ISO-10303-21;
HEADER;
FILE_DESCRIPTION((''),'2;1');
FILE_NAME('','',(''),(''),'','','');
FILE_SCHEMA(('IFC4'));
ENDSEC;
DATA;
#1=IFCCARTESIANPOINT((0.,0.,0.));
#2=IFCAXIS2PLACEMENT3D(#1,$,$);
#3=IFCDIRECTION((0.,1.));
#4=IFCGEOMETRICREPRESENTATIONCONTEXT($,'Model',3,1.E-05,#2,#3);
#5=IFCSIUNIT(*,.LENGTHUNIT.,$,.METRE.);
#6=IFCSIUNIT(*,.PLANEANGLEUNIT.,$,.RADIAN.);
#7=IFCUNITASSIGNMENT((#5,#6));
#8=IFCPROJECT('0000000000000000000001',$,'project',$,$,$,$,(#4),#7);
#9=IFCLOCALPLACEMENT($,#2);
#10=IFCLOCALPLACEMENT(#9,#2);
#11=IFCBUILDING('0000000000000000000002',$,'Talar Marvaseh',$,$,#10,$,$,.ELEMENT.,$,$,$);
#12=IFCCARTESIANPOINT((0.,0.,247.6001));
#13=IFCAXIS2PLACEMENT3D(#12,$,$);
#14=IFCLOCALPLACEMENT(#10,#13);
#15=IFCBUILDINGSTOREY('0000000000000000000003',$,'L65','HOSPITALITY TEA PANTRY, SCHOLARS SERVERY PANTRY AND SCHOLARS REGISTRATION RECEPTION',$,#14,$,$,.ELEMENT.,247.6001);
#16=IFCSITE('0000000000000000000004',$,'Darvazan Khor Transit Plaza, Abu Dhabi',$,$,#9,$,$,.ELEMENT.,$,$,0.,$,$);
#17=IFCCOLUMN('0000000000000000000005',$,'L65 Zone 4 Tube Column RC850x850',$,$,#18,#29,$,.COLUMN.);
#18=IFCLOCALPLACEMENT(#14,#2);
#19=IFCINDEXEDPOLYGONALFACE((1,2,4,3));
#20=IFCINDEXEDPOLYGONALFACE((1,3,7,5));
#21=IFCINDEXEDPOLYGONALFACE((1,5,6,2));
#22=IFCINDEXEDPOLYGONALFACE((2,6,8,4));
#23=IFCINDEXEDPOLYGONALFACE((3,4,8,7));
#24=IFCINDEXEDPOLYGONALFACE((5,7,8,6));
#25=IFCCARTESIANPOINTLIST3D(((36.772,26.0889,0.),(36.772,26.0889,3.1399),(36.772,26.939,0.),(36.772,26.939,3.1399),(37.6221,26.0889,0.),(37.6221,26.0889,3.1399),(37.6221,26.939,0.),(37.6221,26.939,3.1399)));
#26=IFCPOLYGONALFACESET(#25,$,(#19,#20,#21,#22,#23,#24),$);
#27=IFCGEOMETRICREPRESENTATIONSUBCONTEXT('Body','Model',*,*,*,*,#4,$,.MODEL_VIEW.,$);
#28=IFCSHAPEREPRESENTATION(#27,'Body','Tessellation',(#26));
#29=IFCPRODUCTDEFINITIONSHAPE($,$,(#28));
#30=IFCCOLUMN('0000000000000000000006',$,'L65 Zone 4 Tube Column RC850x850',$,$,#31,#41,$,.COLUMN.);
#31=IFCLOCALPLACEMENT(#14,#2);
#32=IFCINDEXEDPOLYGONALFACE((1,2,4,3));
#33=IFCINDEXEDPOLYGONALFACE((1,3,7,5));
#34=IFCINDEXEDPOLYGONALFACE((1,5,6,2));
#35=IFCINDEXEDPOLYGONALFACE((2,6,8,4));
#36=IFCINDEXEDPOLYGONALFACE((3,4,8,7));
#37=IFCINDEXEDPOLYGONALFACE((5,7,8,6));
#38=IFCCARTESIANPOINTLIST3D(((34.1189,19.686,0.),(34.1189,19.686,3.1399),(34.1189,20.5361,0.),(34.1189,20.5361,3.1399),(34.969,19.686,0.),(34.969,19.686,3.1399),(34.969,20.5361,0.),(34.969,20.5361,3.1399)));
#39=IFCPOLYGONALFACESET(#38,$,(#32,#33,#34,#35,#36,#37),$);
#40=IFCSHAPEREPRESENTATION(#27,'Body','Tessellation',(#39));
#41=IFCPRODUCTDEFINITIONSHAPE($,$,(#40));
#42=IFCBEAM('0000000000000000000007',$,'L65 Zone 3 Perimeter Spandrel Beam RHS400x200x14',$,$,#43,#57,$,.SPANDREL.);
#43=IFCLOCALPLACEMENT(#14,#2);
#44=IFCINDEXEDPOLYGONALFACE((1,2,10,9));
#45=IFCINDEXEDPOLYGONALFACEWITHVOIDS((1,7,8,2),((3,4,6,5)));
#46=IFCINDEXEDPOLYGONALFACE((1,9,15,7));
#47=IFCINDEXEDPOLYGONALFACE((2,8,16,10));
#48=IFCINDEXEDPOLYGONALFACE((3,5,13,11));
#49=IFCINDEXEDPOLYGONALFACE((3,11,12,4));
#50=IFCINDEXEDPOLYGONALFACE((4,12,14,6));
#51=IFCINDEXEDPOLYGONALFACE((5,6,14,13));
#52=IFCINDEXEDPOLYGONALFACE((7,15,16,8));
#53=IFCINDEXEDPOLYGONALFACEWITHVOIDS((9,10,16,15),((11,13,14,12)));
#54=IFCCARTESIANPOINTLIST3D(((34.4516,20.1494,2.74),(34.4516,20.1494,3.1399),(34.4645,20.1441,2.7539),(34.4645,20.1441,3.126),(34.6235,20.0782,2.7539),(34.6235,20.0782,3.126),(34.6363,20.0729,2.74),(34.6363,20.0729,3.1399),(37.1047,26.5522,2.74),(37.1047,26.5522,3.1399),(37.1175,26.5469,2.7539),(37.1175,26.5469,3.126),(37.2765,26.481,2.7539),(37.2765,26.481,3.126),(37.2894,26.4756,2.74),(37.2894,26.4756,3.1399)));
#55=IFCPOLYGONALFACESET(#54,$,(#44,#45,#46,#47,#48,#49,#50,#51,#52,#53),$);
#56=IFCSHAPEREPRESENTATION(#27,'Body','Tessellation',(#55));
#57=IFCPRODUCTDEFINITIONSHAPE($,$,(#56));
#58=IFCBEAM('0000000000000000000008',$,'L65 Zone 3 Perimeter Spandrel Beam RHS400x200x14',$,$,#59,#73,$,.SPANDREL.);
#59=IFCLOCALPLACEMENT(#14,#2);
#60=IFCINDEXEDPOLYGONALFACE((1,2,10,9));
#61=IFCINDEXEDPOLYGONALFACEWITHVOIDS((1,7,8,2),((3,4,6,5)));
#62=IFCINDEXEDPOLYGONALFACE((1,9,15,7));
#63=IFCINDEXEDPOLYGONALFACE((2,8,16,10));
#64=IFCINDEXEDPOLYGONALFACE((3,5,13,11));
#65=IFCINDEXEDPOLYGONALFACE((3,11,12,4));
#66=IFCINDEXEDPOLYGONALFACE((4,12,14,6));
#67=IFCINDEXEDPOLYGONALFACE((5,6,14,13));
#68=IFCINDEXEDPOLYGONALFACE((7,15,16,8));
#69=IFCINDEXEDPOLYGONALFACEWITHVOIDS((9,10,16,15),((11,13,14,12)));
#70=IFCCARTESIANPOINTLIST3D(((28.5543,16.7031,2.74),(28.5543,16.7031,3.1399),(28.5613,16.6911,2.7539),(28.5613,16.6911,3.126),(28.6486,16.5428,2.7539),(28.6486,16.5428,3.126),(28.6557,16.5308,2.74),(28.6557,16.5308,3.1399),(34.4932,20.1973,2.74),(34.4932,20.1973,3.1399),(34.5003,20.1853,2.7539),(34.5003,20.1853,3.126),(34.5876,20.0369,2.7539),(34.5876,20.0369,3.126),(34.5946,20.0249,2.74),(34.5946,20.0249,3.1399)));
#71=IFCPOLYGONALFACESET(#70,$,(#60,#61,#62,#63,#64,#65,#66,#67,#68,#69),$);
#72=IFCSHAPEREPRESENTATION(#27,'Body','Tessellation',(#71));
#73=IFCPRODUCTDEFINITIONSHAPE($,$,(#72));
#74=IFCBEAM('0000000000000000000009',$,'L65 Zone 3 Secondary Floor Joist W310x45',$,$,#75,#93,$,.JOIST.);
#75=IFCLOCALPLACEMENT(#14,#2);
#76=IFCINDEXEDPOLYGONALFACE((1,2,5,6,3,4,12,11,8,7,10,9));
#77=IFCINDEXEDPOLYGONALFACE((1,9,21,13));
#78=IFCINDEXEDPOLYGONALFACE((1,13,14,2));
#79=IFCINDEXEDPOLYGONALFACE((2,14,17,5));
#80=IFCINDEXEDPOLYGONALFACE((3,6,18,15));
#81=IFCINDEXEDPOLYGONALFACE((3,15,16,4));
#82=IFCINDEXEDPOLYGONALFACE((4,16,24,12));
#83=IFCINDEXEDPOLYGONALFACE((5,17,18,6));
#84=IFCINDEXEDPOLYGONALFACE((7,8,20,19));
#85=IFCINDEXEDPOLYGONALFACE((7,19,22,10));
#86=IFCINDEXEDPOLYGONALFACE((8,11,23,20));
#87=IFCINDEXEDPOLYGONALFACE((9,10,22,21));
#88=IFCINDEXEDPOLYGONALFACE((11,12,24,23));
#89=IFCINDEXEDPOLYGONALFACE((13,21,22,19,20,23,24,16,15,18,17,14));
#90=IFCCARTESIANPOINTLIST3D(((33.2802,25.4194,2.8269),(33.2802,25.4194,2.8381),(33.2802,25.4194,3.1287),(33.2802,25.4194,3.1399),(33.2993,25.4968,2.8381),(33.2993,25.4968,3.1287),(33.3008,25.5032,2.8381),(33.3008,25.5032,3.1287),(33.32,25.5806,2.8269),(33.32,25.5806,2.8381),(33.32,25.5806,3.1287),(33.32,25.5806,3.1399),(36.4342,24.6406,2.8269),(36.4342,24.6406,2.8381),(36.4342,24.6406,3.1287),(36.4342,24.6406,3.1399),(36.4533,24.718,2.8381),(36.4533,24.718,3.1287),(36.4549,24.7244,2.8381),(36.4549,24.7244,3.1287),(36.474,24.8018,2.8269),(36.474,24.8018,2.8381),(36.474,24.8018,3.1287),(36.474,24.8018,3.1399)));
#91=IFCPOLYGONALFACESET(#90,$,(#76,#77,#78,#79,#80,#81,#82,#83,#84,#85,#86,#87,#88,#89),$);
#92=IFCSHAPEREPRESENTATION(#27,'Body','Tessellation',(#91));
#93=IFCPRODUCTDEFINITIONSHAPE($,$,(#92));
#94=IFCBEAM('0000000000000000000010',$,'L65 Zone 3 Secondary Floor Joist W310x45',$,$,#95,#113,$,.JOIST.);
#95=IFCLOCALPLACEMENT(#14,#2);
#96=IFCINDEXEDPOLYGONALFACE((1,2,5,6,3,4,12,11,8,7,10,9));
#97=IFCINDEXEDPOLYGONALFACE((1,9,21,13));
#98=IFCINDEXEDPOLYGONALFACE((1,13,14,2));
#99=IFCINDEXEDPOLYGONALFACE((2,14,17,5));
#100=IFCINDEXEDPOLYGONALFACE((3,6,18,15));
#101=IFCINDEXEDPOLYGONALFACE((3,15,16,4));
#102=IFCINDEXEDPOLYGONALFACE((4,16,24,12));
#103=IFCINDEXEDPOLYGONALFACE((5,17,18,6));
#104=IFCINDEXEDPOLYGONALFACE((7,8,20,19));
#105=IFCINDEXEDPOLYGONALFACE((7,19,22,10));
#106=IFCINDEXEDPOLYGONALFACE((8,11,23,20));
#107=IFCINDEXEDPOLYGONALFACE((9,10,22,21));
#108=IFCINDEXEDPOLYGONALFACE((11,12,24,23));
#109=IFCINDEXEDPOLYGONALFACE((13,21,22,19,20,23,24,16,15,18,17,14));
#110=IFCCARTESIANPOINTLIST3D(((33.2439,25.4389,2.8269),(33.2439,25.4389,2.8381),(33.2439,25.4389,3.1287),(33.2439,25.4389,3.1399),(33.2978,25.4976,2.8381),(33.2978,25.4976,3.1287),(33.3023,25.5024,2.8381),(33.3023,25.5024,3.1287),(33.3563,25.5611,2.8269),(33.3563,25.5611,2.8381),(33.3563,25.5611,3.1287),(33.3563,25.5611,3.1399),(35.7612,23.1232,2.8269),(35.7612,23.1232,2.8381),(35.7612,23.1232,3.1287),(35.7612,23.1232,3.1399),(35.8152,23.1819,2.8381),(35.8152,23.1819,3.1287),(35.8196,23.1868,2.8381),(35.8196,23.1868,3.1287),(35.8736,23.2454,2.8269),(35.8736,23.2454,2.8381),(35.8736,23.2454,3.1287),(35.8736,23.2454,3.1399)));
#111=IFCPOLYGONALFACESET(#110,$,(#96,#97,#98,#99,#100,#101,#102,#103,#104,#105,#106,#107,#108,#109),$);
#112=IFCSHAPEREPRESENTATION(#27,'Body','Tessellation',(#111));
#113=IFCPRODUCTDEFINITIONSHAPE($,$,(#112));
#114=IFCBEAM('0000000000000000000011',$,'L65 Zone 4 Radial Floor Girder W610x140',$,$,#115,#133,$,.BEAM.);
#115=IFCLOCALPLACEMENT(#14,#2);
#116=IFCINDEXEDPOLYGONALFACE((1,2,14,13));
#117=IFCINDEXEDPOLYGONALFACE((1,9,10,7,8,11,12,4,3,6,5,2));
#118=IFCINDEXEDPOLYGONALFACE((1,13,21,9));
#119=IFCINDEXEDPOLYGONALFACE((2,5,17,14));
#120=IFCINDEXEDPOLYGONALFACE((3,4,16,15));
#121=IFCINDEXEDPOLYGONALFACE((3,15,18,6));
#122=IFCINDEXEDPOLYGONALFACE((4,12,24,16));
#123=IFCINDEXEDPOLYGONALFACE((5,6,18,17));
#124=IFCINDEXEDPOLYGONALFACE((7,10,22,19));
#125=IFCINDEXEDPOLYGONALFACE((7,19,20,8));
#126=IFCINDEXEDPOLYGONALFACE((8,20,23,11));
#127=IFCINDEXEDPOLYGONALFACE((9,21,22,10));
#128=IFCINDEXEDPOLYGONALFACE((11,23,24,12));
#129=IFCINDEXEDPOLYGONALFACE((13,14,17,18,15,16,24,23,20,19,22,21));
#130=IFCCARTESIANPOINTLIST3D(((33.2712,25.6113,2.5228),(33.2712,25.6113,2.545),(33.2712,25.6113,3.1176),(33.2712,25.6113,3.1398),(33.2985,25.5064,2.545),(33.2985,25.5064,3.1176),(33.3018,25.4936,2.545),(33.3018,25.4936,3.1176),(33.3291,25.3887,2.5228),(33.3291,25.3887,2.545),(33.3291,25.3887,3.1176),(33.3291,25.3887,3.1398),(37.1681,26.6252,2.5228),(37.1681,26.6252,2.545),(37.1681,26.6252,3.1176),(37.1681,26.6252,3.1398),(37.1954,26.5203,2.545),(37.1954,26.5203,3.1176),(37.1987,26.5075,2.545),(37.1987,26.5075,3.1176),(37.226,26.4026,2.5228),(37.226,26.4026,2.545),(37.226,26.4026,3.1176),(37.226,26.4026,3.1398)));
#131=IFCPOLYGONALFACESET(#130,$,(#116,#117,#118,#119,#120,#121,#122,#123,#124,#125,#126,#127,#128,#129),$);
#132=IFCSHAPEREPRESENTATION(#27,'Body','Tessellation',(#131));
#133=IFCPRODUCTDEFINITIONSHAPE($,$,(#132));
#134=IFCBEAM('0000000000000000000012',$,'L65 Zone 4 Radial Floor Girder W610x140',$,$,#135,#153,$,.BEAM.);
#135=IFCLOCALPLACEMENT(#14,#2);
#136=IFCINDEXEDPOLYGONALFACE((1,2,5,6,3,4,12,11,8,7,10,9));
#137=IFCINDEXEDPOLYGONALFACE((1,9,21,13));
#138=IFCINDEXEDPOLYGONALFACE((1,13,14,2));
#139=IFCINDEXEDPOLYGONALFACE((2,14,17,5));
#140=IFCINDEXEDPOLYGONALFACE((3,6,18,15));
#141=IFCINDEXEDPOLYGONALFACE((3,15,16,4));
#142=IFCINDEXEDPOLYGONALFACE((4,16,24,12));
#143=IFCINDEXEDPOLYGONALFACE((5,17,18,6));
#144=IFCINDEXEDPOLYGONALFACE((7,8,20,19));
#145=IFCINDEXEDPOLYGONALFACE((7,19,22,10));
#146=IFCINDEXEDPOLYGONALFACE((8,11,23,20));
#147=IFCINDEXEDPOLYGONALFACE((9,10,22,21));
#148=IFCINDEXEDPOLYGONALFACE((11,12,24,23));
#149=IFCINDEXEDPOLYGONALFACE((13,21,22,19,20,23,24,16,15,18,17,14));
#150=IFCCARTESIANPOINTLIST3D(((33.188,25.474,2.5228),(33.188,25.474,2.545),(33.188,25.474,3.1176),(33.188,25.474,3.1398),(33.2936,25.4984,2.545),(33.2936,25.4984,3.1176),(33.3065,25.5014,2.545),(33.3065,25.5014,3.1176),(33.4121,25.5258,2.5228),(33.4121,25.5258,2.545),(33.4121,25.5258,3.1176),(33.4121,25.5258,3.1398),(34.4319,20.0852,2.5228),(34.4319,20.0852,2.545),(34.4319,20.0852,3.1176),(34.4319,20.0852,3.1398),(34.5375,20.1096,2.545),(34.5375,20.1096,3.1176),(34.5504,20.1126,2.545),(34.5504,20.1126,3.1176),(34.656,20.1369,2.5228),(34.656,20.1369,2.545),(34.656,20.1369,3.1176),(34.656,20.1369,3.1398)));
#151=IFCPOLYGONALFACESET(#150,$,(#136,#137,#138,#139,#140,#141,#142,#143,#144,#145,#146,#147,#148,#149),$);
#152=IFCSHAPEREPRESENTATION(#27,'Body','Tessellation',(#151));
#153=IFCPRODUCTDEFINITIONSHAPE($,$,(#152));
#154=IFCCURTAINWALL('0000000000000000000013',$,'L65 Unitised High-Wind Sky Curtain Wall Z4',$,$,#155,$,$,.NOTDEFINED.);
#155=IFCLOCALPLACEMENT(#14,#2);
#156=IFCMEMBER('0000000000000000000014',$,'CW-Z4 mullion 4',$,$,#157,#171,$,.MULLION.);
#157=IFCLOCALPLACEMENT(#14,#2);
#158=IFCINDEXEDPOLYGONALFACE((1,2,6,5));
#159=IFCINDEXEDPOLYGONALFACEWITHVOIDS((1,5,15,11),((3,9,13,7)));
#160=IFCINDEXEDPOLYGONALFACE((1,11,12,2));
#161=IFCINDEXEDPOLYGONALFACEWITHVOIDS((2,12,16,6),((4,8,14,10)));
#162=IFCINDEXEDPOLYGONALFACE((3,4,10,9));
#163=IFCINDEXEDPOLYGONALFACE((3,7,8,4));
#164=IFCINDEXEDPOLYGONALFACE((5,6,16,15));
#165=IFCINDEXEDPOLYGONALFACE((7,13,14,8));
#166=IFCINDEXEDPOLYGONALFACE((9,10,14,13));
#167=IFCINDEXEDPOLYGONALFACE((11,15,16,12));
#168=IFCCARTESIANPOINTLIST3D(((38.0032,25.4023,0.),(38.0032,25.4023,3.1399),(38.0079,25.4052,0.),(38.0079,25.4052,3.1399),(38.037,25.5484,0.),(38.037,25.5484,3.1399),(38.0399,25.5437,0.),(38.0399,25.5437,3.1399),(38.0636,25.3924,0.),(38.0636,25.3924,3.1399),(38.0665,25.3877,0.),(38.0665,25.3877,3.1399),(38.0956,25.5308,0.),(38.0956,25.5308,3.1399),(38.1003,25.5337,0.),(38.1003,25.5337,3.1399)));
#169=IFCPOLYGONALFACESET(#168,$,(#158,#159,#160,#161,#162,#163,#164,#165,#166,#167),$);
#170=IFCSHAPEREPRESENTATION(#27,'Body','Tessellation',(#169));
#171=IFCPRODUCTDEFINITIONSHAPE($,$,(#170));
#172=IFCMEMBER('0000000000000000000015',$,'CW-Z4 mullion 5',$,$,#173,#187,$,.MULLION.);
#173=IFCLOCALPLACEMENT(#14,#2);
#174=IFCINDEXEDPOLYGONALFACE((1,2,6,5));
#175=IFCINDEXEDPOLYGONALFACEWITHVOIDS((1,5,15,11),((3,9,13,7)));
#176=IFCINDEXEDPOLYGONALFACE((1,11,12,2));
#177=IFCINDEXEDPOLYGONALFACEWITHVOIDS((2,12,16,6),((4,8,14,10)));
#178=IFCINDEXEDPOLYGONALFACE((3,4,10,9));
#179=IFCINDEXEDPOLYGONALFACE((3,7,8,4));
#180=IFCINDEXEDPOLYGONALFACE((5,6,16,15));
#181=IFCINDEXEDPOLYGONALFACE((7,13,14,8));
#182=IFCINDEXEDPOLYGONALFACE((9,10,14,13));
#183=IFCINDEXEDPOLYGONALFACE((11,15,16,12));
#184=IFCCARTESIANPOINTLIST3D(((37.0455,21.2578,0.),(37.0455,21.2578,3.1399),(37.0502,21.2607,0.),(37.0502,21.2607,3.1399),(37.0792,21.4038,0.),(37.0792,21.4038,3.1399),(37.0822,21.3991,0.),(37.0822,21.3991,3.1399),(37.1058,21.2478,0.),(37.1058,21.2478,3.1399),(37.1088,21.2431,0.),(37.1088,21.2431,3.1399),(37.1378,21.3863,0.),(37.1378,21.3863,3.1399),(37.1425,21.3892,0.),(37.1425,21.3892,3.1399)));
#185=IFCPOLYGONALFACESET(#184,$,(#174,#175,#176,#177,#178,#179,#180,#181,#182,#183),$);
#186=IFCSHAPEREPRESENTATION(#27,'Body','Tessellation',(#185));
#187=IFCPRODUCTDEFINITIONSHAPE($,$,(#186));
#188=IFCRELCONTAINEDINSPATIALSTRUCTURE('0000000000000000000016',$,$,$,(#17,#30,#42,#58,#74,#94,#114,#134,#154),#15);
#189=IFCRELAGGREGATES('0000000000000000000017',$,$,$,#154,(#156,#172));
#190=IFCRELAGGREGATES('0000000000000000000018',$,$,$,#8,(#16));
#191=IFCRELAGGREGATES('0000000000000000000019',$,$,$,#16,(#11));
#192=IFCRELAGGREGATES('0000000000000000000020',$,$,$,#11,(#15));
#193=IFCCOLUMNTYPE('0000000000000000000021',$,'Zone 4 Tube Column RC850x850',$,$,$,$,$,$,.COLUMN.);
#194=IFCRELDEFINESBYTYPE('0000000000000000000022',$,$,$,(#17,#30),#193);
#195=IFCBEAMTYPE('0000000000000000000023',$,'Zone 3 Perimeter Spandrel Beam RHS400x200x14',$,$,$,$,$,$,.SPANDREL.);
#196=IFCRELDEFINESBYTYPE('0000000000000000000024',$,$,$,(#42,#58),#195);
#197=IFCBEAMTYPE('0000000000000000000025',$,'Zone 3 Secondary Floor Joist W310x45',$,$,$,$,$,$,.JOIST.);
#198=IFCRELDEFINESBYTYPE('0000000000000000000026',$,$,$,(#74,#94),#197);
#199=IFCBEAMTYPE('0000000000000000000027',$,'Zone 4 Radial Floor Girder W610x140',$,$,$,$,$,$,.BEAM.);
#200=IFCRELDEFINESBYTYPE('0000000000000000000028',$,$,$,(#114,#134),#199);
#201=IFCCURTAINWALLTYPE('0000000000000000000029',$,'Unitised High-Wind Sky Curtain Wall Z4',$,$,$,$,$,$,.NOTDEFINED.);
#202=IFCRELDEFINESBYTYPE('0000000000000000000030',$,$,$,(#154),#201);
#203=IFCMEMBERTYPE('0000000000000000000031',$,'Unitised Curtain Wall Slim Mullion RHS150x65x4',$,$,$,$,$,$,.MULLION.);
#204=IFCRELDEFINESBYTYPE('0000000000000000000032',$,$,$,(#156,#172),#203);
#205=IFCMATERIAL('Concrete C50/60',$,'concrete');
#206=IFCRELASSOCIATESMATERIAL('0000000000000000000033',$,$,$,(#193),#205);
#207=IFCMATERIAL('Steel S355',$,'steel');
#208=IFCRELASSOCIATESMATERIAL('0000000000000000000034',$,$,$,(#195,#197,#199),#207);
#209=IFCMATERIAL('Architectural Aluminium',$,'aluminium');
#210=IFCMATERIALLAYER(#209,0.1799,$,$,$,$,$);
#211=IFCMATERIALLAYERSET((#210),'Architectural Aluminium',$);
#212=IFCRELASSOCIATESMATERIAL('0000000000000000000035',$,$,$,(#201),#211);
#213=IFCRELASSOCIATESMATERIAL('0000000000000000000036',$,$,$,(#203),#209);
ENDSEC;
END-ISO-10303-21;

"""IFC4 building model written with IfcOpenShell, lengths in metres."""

from ifc_helpers import new_model, si_unit, direction, frame, origin, origin_2d, place, context, subcontext, project, spatial, rectangle, hollow_rectangle, i_section, extrude, source, transform, mapped, material, layer, layer_set, material_profile, profile_set, type_object, type_shapes, element, aggregate, save


model = new_model("IFC4")

# Units and contexts
model_context = context("Model", 3, precision=1e-05, world=origin(), true_north=direction((0.0, 1.0)))
body_context = subcontext(model_context, "Body", "Model", "MODEL_VIEW")
ifc_project = project(units=[si_unit("LENGTHUNIT", "METRE"), si_unit("PLANEANGLEUNIT", "RADIAN")], contexts=[model_context])

# Site, building, storey
site_placement = place(None, origin())
site = spatial("IfcSite", under=ifc_project, at=site_placement, Name="Darvazan Khor Transit Plaza, Abu Dhabi", CompositionType="ELEMENT", RefElevation=0.0)
building_placement = place(site_placement, origin())
building = spatial("IfcBuilding", under=site, at=building_placement, Name="Talar Marvaseh", CompositionType="ELEMENT")
storey_placement = place(building_placement, frame((0.0, 0.0, 247.6001)))
storey = spatial("IfcBuildingStorey", under=building, at=storey_placement, Name="L65", Description="HOSPITALITY TEA PANTRY, SCHOLARS SERVERY PANTRY AND SCHOLARS REGISTRATION RECEPTION", CompositionType="ELEMENT", Elevation=247.6001)

# Columns
ifc_material_1 = material(Name="Concrete C50/60", Category="concrete")
ifc_material_profile_1 = material_profile(ifc_material_1, rectangle(XDim=0.8501, YDim=0.8501, at=origin_2d()), Name="RC850x850")
ifc_profile_set_1 = profile_set([ifc_material_profile_1], Name="Concrete C50/60")
column_type = type_object("IfcColumnType", Name="Zone 4 Tube Column RC850x850", PredefinedType="COLUMN", material=ifc_profile_set_1)
for number, where, z_axis, x_axis, name in (
    (1, (37.197, 26.5139, 0.0), (0.0, 0.0, 1.0), (1.0, 0.0, 0.0), "L65 Zone 4 Tube Column RC850x850"),
    (2, (34.5439, 20.1111, 0.0), (0.0, 0.0, 1.0), (1.0, 0.0, 0.0), "L65 Zone 4 Tube Column RC850x850"),
):
    element("IfcColumn", number, at=place(storey_placement, frame(where, z_axis=z_axis, x_axis=x_axis)), inside=storey, type_object=column_type, Name=name, PredefinedType="COLUMN", context=body_context, shape_type="SweptSolid", body=[
        extrude(rectangle(XDim=0.8501, YDim=0.8501, at=origin_2d()), origin(), (0.0, 0.0, 1.0), 3.1399),
    ])

# Beams
ifc_material_2 = material(Name="Steel S355", Category="steel")
ifc_material_profile_2 = material_profile(ifc_material_2, hollow_rectangle(XDim=0.2, YDim=0.3999, WallThickness=0.0139, at=origin_2d()), Name="RHS400x200x14")
ifc_profile_set_2 = profile_set([ifc_material_profile_2], Name="Steel S355")
beam_type_1 = type_object("IfcBeamType", Name="Zone 3 Perimeter Spandrel Beam RHS400x200x14", PredefinedType="SPANDREL", material=ifc_profile_set_2)
beam_1_placement = place(storey_placement, frame((37.197, 26.5139, 2.9399), z_axis=(-0.382799, -0.923832, 0.0), x_axis=(0.923832, -0.382799, 0.0)))
element("IfcBeam", 3, at=beam_1_placement, inside=storey, type_object=beam_type_1, Name="L65 Zone 3 Perimeter Spandrel Beam RHS400x200x14", PredefinedType="SPANDREL", context=body_context, shape_type="SweptSolid", body=[
    extrude(hollow_rectangle(XDim=0.2, YDim=0.3999, WallThickness=0.0139, at=origin_2d()), origin(), (0.0, 0.0, 1.0), 6.9307),
])
beam_2_placement = place(storey_placement, frame((34.5439, 20.1111, 2.9399), z_axis=(-0.861894, -0.507088, 0.0), x_axis=(0.507088, -0.861894, 0.0)))
element("IfcBeam", 4, at=beam_2_placement, inside=storey, type_object=beam_type_1, Name="L65 Zone 3 Perimeter Spandrel Beam RHS400x200x14", PredefinedType="SPANDREL", context=body_context, shape_type="SweptSolid", body=[
    extrude(hollow_rectangle(XDim=0.2, YDim=0.3999, WallThickness=0.0139, at=origin_2d()), origin(), (0.0, 0.0, 1.0), 6.8906),
])
ifc_material_profile_3 = material_profile(ifc_material_2, i_section(OverallWidth=0.166, OverallDepth=0.313, WebThickness=0.0066, FlangeThickness=0.0112, at=origin_2d()), Name="W310x45")
ifc_profile_set_3 = profile_set([ifc_material_profile_3], Name="Steel S355")
beam_type_2 = type_object("IfcBeamType", Name="Zone 3 Secondary Floor Joist W310x45", PredefinedType="JOIST", material=ifc_profile_set_3)
beam_3_placement = place(storey_placement, frame((36.4541, 24.7212, 2.9834), z_axis=(-0.970841, 0.239723, 0.0), x_axis=(-0.239723, -0.970841, 0.0)))
element("IfcBeam", 5, at=beam_3_placement, inside=storey, type_object=beam_type_2, Name="L65 Zone 3 Secondary Floor Joist W310x45", PredefinedType="JOIST", context=body_context, shape_type="SweptSolid", body=[
    extrude(i_section(OverallWidth=0.166, OverallDepth=0.313, WebThickness=0.0066, FlangeThickness=0.0112, at=origin_2d()), origin(), (0.0, 0.0, 1.0), 3.2488),
])
beam_4_placement = place(storey_placement, frame((35.8174, 23.1843, 2.9834), z_axis=(-0.735971, 0.677013, 0.0), x_axis=(-0.677013, -0.735971, 0.0)))
element("IfcBeam", 6, at=beam_4_placement, inside=storey, type_object=beam_type_2, Name="L65 Zone 3 Secondary Floor Joist W310x45", PredefinedType="JOIST", context=body_context, shape_type="SweptSolid", body=[
    extrude(i_section(OverallWidth=0.166, OverallDepth=0.313, WebThickness=0.0066, FlangeThickness=0.0112, at=origin_2d()), origin(), (0.0, 0.0, 1.0), 3.4204),
])
ifc_material_profile_4 = material_profile(ifc_material_2, i_section(OverallWidth=0.23, OverallDepth=0.6169, WebThickness=0.0132, FlangeThickness=0.0222, at=origin_2d()), Name="W610x140")
ifc_profile_set_4 = profile_set([ifc_material_profile_4], Name="Steel S355")
beam_type_3 = type_object("IfcBeamType", Name="Zone 4 Radial Floor Girder W610x140", PredefinedType="BEAM", material=ifc_profile_set_4)
beam_5_placement = place(storey_placement, frame((37.197, 26.5139, 2.8313), z_axis=(-0.96778, -0.251797, 0.0), x_axis=(0.251797, -0.96778, 0.0)))
element("IfcBeam", 7, at=beam_5_placement, inside=storey, type_object=beam_type_3, Name="L65 Zone 4 Radial Floor Girder W610x140", PredefinedType="BEAM", context=body_context, shape_type="SweptSolid", body=[
    extrude(i_section(OverallWidth=0.23, OverallDepth=0.6169, WebThickness=0.0132, FlangeThickness=0.0222, at=origin_2d()), origin(), (0.0, 0.0, 1.0), 4.0266),
])
beam_6_placement = place(storey_placement, frame((34.5439, 20.1111, 2.8313), z_axis=(-0.224911, 0.974379, 0.0), x_axis=(-0.974379, -0.224911, 0.0)))
element("IfcBeam", 8, at=beam_6_placement, inside=storey, type_object=beam_type_3, Name="L65 Zone 4 Radial Floor Girder W610x140", PredefinedType="BEAM", context=body_context, shape_type="SweptSolid", body=[
    extrude(i_section(OverallWidth=0.23, OverallDepth=0.6169, WebThickness=0.0132, FlangeThickness=0.0222, at=origin_2d()), origin(), (0.0, 0.0, 1.0), 5.5305),
])

# Curtain wall, members
ifc_material_3 = material(Name="Architectural Aluminium", Category="aluminium")
ifc_layer_1 = layer(ifc_material_3, 0.1799)
ifc_layer_set_1 = layer_set([ifc_layer_1], Name="Architectural Aluminium")
curtain_wall_type = type_object("IfcCurtainWallType", Name="Unitised High-Wind Sky Curtain Wall Z4", PredefinedType="NOTDEFINED", material=ifc_layer_set_1)
curtain_wall_1_placement = place(storey_placement, origin())
curtain_wall_1 = element("IfcCurtainWall", 9, at=curtain_wall_1_placement, inside=storey, type_object=curtain_wall_type, Name="L65 Unitised High-Wind Sky Curtain Wall Z4", PredefinedType="NOTDEFINED")
ifc_material_profile_5 = material_profile(ifc_material_3, hollow_rectangle(XDim=0.0649, YDim=0.1499, WallThickness=0.0039, at=origin_2d()), Name="RHS150x65x4")
ifc_profile_set_5 = profile_set([ifc_material_profile_5], Name="Architectural Aluminium")
member_type_1 = type_object("IfcMemberType", Name="Unitised Curtain Wall Slim Mullion RHS150x65x4", PredefinedType="MULLION", material=ifc_profile_set_5)
shared_shape_1 = source(origin(), body_context, "Body", "SweptSolid", [
    extrude(hollow_rectangle(XDim=0.0649, YDim=0.1499, WallThickness=0.0039, at=origin_2d()), origin(), (0.0, 0.0, 1.0), 3.1399),
])
type_shapes(member_type_1, [shared_shape_1])
member_1_placement = place(storey_placement, frame((38.0518, 25.468, 0.0), z_axis=(0.0, 0.0, 1.0), x_axis=(0.974335, -0.225103, 0.0)))
member_1 = element("IfcMember", 10, at=member_1_placement, type_object=member_type_1, Name="CW-Z4 mullion 4", PredefinedType="MULLION", context=body_context, shape_type="MappedRepresentation", body=[
    mapped(shared_shape_1, transform((0.0, 0.0, 0.0), x_axis=(1.0, 0.0, 0.0), y_axis=(0.0, 1.0, 0.0), z_axis=(0.0, 0.0, 1.0), scale=1.0)),
])
member_2_placement = place(storey_placement, frame((37.094, 21.3235, 0.0), z_axis=(0.0, 0.0, 1.0), x_axis=(0.974335, -0.225103, 0.0)))
member_2 = element("IfcMember", 11, at=member_2_placement, type_object=member_type_1, Name="CW-Z4 mullion 5", PredefinedType="MULLION", context=body_context, shape_type="MappedRepresentation", body=[
    mapped(shared_shape_1, transform((0.0, 0.0, 0.0), x_axis=(1.0, 0.0, 0.0), y_axis=(0.0, 1.0, 0.0), z_axis=(0.0, 0.0, 1.0), scale=1.0)),
])

aggregate(curtain_wall_1, [member_1, member_2])

save(model, "model.ifc")
